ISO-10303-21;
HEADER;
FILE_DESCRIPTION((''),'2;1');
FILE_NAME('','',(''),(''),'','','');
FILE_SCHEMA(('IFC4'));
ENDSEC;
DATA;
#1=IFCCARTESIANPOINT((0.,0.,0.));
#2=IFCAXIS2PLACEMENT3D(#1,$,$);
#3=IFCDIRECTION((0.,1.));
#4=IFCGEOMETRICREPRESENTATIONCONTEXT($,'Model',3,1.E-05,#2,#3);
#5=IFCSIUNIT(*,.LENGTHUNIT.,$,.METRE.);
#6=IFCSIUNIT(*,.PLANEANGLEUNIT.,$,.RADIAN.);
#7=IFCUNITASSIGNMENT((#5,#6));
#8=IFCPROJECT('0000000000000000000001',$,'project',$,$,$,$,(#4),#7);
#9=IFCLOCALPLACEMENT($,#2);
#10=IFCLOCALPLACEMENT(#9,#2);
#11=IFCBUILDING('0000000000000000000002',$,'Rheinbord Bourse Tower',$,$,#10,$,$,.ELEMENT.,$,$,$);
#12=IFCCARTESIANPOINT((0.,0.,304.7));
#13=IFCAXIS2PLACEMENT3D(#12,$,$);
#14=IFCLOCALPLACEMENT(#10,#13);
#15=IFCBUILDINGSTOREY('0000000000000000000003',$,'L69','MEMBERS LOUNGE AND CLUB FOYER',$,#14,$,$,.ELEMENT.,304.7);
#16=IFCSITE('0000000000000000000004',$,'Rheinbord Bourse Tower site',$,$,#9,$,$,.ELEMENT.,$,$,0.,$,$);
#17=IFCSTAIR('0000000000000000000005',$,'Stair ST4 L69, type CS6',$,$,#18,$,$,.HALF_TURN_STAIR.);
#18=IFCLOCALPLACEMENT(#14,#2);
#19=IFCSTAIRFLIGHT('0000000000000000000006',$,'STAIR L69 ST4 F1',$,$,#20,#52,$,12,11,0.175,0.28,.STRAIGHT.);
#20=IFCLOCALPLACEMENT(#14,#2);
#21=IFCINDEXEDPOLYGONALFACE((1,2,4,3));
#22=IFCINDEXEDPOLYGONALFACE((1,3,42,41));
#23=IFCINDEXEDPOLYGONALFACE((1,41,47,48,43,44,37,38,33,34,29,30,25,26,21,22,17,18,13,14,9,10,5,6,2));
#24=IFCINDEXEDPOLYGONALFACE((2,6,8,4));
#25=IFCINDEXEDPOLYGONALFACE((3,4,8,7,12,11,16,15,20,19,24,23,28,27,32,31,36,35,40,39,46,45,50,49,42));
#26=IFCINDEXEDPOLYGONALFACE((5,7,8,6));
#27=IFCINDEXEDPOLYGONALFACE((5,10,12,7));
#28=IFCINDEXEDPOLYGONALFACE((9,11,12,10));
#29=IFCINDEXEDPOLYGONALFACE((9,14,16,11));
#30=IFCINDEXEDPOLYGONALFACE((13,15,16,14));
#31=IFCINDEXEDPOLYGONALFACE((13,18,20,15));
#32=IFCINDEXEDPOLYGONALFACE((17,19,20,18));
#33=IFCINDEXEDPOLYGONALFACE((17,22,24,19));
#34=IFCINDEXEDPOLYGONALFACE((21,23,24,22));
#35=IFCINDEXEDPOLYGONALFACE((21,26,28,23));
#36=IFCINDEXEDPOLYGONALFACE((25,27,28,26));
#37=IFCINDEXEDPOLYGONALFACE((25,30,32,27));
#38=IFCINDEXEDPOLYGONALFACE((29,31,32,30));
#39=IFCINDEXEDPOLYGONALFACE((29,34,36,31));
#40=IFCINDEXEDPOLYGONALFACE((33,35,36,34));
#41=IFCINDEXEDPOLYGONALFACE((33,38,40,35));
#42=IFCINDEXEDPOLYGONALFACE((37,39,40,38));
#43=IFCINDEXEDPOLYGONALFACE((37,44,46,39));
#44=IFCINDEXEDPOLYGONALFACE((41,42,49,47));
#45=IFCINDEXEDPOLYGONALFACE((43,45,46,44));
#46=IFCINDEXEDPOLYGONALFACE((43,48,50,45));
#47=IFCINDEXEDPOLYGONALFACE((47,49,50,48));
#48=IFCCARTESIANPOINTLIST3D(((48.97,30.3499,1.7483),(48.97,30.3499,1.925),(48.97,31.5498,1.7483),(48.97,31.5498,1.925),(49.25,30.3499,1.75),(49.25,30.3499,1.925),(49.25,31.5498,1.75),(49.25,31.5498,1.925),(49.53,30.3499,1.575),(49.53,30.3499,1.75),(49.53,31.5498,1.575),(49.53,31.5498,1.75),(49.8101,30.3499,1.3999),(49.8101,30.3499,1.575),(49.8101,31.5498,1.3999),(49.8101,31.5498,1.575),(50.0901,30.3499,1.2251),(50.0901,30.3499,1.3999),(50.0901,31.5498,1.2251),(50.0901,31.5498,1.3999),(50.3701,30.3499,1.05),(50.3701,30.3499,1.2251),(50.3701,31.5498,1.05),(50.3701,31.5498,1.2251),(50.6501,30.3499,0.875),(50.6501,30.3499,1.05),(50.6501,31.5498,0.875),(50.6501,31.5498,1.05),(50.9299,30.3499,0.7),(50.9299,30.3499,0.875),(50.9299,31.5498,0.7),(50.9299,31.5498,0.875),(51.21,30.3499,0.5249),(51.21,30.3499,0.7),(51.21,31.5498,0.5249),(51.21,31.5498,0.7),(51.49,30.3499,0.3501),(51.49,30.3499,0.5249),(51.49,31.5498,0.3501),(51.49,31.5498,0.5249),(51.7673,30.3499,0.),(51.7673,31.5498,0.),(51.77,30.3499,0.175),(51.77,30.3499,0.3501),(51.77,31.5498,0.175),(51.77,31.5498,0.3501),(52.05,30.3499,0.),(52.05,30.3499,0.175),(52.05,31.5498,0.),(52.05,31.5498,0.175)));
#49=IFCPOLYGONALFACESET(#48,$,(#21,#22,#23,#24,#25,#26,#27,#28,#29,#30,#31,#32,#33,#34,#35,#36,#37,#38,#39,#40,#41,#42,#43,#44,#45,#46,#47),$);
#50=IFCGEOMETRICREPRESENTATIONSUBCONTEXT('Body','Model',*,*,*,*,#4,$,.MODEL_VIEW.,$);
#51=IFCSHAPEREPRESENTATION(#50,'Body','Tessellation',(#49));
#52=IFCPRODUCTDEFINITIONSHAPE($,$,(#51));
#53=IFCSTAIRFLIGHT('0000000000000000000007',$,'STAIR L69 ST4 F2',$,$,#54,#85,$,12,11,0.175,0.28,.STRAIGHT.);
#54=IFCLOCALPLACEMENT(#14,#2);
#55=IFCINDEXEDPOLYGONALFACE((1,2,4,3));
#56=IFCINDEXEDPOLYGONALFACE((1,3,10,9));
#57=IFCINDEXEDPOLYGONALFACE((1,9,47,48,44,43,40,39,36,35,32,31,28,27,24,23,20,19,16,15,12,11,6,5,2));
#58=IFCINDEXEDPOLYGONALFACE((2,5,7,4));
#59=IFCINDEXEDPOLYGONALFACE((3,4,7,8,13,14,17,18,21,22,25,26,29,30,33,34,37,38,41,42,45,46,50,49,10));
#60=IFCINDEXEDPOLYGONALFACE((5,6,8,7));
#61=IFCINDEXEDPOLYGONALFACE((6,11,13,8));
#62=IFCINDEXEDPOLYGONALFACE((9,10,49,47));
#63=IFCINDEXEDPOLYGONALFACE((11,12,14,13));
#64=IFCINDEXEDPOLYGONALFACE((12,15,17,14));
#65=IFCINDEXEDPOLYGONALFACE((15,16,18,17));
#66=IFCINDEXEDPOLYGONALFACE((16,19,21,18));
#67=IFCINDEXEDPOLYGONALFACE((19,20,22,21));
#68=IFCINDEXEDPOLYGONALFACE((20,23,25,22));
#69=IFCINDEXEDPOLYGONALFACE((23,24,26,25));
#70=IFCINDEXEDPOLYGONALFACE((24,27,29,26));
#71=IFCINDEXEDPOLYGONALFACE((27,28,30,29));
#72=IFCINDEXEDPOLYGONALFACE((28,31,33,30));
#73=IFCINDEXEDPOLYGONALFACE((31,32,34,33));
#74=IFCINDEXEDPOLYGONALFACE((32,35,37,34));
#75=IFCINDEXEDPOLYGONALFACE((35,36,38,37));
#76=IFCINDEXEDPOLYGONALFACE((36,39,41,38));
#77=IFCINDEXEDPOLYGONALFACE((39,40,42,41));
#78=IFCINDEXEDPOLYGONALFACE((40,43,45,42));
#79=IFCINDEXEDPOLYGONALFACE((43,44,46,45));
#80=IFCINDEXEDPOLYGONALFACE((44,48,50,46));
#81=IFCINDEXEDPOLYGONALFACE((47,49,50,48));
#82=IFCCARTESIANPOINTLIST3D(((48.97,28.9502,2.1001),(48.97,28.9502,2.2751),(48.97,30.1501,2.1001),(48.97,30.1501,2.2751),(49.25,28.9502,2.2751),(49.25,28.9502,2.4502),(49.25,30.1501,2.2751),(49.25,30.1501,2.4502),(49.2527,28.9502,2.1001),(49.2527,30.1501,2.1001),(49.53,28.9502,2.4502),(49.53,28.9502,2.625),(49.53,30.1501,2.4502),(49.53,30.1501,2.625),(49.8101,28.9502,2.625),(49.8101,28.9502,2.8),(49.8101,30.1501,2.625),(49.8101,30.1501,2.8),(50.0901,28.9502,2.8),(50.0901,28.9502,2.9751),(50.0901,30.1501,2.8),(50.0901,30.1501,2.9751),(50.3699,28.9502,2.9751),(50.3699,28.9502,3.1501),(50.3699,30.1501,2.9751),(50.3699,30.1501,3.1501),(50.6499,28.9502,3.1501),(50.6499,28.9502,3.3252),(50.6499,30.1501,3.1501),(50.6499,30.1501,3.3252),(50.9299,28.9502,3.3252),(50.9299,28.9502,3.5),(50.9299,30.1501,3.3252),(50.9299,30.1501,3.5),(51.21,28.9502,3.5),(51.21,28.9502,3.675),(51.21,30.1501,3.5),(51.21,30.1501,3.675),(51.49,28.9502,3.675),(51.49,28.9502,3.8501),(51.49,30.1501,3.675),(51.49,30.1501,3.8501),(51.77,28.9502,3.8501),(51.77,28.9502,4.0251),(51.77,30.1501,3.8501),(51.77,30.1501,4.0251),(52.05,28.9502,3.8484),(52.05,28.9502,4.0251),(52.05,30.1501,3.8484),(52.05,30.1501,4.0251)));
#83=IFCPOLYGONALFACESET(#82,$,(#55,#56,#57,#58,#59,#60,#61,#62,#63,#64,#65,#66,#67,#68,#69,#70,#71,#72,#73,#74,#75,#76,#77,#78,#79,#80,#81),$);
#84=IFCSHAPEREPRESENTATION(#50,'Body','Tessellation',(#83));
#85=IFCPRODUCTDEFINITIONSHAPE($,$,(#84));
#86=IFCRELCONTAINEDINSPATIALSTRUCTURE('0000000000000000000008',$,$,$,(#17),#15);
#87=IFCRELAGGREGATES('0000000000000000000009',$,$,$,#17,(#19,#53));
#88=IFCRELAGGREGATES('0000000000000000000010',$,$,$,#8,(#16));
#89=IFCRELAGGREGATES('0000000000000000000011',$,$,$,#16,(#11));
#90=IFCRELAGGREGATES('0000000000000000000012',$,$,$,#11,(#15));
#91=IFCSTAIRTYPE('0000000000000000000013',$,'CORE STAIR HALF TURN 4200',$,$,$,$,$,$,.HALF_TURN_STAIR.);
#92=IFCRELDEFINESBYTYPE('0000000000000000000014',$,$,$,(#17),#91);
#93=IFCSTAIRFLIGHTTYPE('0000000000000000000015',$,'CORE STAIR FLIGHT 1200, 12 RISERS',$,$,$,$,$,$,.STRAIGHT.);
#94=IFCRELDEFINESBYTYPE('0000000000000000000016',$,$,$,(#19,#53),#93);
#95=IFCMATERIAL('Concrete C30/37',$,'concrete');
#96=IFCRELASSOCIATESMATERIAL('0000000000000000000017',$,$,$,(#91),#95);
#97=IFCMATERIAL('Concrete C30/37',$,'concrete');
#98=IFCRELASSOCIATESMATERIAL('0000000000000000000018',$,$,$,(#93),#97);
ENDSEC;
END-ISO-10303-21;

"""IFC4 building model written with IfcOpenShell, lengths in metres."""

from ifc_helpers import new_model, si_unit, direction, frame, origin, place, context, subcontext, project, spatial, polyline, outline, extrude, material, type_object, element, aggregate, save


model = new_model("IFC4")

# Units and contexts
model_context = context("Model", 3, precision=1e-05, world=origin(), true_north=direction((0.0, 1.0)))
body_context = subcontext(model_context, "Body", "Model", "MODEL_VIEW")
ifc_project = project(units=[si_unit("LENGTHUNIT", "METRE"), si_unit("PLANEANGLEUNIT", "RADIAN")], contexts=[model_context])

# Site, building, storey
site_placement = place(None, origin())
site = spatial("IfcSite", under=ifc_project, at=site_placement, Name="Rheinbord Bourse Tower site", CompositionType="ELEMENT", RefElevation=0.0)
building_placement = place(site_placement, origin())
building = spatial("IfcBuilding", under=site, at=building_placement, Name="Rheinbord Bourse Tower", CompositionType="ELEMENT")
storey_placement = place(building_placement, frame((0.0, 0.0, 304.7)))
storey = spatial("IfcBuildingStorey", under=building, at=storey_placement, Name="L69", Description="MEMBERS LOUNGE AND CLUB FOYER", CompositionType="ELEMENT", Elevation=304.7)

# Stair, stair flights
ifc_material_1 = material(Name="Concrete C30/37", Category="concrete")
stair_type = type_object("IfcStairType", Name="CORE STAIR HALF TURN 4200", PredefinedType="HALF_TURN_STAIR", material=ifc_material_1)
stair_placement = place(storey_placement, origin())
stair = element("IfcStair", 1, at=stair_placement, inside=storey, type_object=stair_type, Name="Stair ST4 L69, type CS6", PredefinedType="HALF_TURN_STAIR")
ifc_material_2 = material(Name="Concrete C30/37", Category="concrete")
stair_flight_type = type_object("IfcStairFlightType", Name="CORE STAIR FLIGHT 1200, 12 RISERS", PredefinedType="STRAIGHT", material=ifc_material_2)
stair_flight_1_placement = place(storey_placement, frame((52.05, 30.95, 0.0), z_axis=(0.0, 0.0, 1.0), x_axis=(-1.0, 0.0, 0.0)))
stair_flight_1 = element("IfcStairFlight", 2, at=stair_flight_1_placement, type_object=stair_flight_type, Name="STAIR L69 ST4 F1", NumberOfRisers=12, NumberOfTreads=11, PredefinedType="STRAIGHT", RiserHeight=0.175, TreadLength=0.28, context=body_context, shape_type="SweptSolid", body=[
    extrude(outline(polyline([(0.0, 0.0), (0.0, 0.175), (0.28, 0.175), (0.28, 0.3501), (0.5601, 0.3501), (0.5601, 0.5249), (0.8401, 0.5249), (0.8401, 0.7), (1.1201, 0.7), (1.1201, 0.875), (1.3999, 0.875), (1.3999, 1.05), (1.6799, 1.05), (1.6799, 1.2251), (1.96, 1.2251), (1.96, 1.3999), (2.24, 1.3999), (2.24, 1.575), (2.52, 1.575), (2.52, 1.75), (2.8, 1.75), (2.8, 1.925), (3.0801, 1.925), (3.0801, 2.1001), (3.0801, 1.7483), (0.2827, 0.0), (0.0, 0.0)])), frame((0.0, 0.6001, 0.0), z_axis=(0.0, -1.0, 0.0), x_axis=(1.0, 0.0, 0.0)), (0.0, 0.0, 1.0), 1.2),
])
stair_flight_2_placement = place(storey_placement, frame((48.97, 29.55, 2.1001), z_axis=(0.0, 0.0, 1.0), x_axis=(1.0, 0.0, 0.0)))
stair_flight_2 = element("IfcStairFlight", 3, at=stair_flight_2_placement, type_object=stair_flight_type, Name="STAIR L69 ST4 F2", NumberOfRisers=12, NumberOfTreads=11, PredefinedType="STRAIGHT", RiserHeight=0.175, TreadLength=0.28, context=body_context, shape_type="SweptSolid", body=[
    extrude(outline(polyline([(0.0, 0.0), (0.0, 0.175), (0.28, 0.175), (0.28, 0.3501), (0.5601, 0.3501), (0.5601, 0.5249), (0.8401, 0.5249), (0.8401, 0.7), (1.1201, 0.7), (1.1201, 0.875), (1.3999, 0.875), (1.3999, 1.05), (1.6799, 1.05), (1.6799, 1.2251), (1.96, 1.2251), (1.96, 1.3999), (2.24, 1.3999), (2.24, 1.575), (2.52, 1.575), (2.52, 1.75), (2.8, 1.75), (2.8, 1.925), (3.0801, 1.925), (3.0801, 2.1001), (3.0801, 1.7483), (0.2827, 0.0), (0.0, 0.0)])), frame((0.0, 0.6001, 0.0), z_axis=(0.0, -1.0, 0.0), x_axis=(1.0, 0.0, 0.0)), (0.0, 0.0, 1.0), 1.2),
])
aggregate(stair, [stair_flight_1, stair_flight_2])

save(model, "model.ifc")
